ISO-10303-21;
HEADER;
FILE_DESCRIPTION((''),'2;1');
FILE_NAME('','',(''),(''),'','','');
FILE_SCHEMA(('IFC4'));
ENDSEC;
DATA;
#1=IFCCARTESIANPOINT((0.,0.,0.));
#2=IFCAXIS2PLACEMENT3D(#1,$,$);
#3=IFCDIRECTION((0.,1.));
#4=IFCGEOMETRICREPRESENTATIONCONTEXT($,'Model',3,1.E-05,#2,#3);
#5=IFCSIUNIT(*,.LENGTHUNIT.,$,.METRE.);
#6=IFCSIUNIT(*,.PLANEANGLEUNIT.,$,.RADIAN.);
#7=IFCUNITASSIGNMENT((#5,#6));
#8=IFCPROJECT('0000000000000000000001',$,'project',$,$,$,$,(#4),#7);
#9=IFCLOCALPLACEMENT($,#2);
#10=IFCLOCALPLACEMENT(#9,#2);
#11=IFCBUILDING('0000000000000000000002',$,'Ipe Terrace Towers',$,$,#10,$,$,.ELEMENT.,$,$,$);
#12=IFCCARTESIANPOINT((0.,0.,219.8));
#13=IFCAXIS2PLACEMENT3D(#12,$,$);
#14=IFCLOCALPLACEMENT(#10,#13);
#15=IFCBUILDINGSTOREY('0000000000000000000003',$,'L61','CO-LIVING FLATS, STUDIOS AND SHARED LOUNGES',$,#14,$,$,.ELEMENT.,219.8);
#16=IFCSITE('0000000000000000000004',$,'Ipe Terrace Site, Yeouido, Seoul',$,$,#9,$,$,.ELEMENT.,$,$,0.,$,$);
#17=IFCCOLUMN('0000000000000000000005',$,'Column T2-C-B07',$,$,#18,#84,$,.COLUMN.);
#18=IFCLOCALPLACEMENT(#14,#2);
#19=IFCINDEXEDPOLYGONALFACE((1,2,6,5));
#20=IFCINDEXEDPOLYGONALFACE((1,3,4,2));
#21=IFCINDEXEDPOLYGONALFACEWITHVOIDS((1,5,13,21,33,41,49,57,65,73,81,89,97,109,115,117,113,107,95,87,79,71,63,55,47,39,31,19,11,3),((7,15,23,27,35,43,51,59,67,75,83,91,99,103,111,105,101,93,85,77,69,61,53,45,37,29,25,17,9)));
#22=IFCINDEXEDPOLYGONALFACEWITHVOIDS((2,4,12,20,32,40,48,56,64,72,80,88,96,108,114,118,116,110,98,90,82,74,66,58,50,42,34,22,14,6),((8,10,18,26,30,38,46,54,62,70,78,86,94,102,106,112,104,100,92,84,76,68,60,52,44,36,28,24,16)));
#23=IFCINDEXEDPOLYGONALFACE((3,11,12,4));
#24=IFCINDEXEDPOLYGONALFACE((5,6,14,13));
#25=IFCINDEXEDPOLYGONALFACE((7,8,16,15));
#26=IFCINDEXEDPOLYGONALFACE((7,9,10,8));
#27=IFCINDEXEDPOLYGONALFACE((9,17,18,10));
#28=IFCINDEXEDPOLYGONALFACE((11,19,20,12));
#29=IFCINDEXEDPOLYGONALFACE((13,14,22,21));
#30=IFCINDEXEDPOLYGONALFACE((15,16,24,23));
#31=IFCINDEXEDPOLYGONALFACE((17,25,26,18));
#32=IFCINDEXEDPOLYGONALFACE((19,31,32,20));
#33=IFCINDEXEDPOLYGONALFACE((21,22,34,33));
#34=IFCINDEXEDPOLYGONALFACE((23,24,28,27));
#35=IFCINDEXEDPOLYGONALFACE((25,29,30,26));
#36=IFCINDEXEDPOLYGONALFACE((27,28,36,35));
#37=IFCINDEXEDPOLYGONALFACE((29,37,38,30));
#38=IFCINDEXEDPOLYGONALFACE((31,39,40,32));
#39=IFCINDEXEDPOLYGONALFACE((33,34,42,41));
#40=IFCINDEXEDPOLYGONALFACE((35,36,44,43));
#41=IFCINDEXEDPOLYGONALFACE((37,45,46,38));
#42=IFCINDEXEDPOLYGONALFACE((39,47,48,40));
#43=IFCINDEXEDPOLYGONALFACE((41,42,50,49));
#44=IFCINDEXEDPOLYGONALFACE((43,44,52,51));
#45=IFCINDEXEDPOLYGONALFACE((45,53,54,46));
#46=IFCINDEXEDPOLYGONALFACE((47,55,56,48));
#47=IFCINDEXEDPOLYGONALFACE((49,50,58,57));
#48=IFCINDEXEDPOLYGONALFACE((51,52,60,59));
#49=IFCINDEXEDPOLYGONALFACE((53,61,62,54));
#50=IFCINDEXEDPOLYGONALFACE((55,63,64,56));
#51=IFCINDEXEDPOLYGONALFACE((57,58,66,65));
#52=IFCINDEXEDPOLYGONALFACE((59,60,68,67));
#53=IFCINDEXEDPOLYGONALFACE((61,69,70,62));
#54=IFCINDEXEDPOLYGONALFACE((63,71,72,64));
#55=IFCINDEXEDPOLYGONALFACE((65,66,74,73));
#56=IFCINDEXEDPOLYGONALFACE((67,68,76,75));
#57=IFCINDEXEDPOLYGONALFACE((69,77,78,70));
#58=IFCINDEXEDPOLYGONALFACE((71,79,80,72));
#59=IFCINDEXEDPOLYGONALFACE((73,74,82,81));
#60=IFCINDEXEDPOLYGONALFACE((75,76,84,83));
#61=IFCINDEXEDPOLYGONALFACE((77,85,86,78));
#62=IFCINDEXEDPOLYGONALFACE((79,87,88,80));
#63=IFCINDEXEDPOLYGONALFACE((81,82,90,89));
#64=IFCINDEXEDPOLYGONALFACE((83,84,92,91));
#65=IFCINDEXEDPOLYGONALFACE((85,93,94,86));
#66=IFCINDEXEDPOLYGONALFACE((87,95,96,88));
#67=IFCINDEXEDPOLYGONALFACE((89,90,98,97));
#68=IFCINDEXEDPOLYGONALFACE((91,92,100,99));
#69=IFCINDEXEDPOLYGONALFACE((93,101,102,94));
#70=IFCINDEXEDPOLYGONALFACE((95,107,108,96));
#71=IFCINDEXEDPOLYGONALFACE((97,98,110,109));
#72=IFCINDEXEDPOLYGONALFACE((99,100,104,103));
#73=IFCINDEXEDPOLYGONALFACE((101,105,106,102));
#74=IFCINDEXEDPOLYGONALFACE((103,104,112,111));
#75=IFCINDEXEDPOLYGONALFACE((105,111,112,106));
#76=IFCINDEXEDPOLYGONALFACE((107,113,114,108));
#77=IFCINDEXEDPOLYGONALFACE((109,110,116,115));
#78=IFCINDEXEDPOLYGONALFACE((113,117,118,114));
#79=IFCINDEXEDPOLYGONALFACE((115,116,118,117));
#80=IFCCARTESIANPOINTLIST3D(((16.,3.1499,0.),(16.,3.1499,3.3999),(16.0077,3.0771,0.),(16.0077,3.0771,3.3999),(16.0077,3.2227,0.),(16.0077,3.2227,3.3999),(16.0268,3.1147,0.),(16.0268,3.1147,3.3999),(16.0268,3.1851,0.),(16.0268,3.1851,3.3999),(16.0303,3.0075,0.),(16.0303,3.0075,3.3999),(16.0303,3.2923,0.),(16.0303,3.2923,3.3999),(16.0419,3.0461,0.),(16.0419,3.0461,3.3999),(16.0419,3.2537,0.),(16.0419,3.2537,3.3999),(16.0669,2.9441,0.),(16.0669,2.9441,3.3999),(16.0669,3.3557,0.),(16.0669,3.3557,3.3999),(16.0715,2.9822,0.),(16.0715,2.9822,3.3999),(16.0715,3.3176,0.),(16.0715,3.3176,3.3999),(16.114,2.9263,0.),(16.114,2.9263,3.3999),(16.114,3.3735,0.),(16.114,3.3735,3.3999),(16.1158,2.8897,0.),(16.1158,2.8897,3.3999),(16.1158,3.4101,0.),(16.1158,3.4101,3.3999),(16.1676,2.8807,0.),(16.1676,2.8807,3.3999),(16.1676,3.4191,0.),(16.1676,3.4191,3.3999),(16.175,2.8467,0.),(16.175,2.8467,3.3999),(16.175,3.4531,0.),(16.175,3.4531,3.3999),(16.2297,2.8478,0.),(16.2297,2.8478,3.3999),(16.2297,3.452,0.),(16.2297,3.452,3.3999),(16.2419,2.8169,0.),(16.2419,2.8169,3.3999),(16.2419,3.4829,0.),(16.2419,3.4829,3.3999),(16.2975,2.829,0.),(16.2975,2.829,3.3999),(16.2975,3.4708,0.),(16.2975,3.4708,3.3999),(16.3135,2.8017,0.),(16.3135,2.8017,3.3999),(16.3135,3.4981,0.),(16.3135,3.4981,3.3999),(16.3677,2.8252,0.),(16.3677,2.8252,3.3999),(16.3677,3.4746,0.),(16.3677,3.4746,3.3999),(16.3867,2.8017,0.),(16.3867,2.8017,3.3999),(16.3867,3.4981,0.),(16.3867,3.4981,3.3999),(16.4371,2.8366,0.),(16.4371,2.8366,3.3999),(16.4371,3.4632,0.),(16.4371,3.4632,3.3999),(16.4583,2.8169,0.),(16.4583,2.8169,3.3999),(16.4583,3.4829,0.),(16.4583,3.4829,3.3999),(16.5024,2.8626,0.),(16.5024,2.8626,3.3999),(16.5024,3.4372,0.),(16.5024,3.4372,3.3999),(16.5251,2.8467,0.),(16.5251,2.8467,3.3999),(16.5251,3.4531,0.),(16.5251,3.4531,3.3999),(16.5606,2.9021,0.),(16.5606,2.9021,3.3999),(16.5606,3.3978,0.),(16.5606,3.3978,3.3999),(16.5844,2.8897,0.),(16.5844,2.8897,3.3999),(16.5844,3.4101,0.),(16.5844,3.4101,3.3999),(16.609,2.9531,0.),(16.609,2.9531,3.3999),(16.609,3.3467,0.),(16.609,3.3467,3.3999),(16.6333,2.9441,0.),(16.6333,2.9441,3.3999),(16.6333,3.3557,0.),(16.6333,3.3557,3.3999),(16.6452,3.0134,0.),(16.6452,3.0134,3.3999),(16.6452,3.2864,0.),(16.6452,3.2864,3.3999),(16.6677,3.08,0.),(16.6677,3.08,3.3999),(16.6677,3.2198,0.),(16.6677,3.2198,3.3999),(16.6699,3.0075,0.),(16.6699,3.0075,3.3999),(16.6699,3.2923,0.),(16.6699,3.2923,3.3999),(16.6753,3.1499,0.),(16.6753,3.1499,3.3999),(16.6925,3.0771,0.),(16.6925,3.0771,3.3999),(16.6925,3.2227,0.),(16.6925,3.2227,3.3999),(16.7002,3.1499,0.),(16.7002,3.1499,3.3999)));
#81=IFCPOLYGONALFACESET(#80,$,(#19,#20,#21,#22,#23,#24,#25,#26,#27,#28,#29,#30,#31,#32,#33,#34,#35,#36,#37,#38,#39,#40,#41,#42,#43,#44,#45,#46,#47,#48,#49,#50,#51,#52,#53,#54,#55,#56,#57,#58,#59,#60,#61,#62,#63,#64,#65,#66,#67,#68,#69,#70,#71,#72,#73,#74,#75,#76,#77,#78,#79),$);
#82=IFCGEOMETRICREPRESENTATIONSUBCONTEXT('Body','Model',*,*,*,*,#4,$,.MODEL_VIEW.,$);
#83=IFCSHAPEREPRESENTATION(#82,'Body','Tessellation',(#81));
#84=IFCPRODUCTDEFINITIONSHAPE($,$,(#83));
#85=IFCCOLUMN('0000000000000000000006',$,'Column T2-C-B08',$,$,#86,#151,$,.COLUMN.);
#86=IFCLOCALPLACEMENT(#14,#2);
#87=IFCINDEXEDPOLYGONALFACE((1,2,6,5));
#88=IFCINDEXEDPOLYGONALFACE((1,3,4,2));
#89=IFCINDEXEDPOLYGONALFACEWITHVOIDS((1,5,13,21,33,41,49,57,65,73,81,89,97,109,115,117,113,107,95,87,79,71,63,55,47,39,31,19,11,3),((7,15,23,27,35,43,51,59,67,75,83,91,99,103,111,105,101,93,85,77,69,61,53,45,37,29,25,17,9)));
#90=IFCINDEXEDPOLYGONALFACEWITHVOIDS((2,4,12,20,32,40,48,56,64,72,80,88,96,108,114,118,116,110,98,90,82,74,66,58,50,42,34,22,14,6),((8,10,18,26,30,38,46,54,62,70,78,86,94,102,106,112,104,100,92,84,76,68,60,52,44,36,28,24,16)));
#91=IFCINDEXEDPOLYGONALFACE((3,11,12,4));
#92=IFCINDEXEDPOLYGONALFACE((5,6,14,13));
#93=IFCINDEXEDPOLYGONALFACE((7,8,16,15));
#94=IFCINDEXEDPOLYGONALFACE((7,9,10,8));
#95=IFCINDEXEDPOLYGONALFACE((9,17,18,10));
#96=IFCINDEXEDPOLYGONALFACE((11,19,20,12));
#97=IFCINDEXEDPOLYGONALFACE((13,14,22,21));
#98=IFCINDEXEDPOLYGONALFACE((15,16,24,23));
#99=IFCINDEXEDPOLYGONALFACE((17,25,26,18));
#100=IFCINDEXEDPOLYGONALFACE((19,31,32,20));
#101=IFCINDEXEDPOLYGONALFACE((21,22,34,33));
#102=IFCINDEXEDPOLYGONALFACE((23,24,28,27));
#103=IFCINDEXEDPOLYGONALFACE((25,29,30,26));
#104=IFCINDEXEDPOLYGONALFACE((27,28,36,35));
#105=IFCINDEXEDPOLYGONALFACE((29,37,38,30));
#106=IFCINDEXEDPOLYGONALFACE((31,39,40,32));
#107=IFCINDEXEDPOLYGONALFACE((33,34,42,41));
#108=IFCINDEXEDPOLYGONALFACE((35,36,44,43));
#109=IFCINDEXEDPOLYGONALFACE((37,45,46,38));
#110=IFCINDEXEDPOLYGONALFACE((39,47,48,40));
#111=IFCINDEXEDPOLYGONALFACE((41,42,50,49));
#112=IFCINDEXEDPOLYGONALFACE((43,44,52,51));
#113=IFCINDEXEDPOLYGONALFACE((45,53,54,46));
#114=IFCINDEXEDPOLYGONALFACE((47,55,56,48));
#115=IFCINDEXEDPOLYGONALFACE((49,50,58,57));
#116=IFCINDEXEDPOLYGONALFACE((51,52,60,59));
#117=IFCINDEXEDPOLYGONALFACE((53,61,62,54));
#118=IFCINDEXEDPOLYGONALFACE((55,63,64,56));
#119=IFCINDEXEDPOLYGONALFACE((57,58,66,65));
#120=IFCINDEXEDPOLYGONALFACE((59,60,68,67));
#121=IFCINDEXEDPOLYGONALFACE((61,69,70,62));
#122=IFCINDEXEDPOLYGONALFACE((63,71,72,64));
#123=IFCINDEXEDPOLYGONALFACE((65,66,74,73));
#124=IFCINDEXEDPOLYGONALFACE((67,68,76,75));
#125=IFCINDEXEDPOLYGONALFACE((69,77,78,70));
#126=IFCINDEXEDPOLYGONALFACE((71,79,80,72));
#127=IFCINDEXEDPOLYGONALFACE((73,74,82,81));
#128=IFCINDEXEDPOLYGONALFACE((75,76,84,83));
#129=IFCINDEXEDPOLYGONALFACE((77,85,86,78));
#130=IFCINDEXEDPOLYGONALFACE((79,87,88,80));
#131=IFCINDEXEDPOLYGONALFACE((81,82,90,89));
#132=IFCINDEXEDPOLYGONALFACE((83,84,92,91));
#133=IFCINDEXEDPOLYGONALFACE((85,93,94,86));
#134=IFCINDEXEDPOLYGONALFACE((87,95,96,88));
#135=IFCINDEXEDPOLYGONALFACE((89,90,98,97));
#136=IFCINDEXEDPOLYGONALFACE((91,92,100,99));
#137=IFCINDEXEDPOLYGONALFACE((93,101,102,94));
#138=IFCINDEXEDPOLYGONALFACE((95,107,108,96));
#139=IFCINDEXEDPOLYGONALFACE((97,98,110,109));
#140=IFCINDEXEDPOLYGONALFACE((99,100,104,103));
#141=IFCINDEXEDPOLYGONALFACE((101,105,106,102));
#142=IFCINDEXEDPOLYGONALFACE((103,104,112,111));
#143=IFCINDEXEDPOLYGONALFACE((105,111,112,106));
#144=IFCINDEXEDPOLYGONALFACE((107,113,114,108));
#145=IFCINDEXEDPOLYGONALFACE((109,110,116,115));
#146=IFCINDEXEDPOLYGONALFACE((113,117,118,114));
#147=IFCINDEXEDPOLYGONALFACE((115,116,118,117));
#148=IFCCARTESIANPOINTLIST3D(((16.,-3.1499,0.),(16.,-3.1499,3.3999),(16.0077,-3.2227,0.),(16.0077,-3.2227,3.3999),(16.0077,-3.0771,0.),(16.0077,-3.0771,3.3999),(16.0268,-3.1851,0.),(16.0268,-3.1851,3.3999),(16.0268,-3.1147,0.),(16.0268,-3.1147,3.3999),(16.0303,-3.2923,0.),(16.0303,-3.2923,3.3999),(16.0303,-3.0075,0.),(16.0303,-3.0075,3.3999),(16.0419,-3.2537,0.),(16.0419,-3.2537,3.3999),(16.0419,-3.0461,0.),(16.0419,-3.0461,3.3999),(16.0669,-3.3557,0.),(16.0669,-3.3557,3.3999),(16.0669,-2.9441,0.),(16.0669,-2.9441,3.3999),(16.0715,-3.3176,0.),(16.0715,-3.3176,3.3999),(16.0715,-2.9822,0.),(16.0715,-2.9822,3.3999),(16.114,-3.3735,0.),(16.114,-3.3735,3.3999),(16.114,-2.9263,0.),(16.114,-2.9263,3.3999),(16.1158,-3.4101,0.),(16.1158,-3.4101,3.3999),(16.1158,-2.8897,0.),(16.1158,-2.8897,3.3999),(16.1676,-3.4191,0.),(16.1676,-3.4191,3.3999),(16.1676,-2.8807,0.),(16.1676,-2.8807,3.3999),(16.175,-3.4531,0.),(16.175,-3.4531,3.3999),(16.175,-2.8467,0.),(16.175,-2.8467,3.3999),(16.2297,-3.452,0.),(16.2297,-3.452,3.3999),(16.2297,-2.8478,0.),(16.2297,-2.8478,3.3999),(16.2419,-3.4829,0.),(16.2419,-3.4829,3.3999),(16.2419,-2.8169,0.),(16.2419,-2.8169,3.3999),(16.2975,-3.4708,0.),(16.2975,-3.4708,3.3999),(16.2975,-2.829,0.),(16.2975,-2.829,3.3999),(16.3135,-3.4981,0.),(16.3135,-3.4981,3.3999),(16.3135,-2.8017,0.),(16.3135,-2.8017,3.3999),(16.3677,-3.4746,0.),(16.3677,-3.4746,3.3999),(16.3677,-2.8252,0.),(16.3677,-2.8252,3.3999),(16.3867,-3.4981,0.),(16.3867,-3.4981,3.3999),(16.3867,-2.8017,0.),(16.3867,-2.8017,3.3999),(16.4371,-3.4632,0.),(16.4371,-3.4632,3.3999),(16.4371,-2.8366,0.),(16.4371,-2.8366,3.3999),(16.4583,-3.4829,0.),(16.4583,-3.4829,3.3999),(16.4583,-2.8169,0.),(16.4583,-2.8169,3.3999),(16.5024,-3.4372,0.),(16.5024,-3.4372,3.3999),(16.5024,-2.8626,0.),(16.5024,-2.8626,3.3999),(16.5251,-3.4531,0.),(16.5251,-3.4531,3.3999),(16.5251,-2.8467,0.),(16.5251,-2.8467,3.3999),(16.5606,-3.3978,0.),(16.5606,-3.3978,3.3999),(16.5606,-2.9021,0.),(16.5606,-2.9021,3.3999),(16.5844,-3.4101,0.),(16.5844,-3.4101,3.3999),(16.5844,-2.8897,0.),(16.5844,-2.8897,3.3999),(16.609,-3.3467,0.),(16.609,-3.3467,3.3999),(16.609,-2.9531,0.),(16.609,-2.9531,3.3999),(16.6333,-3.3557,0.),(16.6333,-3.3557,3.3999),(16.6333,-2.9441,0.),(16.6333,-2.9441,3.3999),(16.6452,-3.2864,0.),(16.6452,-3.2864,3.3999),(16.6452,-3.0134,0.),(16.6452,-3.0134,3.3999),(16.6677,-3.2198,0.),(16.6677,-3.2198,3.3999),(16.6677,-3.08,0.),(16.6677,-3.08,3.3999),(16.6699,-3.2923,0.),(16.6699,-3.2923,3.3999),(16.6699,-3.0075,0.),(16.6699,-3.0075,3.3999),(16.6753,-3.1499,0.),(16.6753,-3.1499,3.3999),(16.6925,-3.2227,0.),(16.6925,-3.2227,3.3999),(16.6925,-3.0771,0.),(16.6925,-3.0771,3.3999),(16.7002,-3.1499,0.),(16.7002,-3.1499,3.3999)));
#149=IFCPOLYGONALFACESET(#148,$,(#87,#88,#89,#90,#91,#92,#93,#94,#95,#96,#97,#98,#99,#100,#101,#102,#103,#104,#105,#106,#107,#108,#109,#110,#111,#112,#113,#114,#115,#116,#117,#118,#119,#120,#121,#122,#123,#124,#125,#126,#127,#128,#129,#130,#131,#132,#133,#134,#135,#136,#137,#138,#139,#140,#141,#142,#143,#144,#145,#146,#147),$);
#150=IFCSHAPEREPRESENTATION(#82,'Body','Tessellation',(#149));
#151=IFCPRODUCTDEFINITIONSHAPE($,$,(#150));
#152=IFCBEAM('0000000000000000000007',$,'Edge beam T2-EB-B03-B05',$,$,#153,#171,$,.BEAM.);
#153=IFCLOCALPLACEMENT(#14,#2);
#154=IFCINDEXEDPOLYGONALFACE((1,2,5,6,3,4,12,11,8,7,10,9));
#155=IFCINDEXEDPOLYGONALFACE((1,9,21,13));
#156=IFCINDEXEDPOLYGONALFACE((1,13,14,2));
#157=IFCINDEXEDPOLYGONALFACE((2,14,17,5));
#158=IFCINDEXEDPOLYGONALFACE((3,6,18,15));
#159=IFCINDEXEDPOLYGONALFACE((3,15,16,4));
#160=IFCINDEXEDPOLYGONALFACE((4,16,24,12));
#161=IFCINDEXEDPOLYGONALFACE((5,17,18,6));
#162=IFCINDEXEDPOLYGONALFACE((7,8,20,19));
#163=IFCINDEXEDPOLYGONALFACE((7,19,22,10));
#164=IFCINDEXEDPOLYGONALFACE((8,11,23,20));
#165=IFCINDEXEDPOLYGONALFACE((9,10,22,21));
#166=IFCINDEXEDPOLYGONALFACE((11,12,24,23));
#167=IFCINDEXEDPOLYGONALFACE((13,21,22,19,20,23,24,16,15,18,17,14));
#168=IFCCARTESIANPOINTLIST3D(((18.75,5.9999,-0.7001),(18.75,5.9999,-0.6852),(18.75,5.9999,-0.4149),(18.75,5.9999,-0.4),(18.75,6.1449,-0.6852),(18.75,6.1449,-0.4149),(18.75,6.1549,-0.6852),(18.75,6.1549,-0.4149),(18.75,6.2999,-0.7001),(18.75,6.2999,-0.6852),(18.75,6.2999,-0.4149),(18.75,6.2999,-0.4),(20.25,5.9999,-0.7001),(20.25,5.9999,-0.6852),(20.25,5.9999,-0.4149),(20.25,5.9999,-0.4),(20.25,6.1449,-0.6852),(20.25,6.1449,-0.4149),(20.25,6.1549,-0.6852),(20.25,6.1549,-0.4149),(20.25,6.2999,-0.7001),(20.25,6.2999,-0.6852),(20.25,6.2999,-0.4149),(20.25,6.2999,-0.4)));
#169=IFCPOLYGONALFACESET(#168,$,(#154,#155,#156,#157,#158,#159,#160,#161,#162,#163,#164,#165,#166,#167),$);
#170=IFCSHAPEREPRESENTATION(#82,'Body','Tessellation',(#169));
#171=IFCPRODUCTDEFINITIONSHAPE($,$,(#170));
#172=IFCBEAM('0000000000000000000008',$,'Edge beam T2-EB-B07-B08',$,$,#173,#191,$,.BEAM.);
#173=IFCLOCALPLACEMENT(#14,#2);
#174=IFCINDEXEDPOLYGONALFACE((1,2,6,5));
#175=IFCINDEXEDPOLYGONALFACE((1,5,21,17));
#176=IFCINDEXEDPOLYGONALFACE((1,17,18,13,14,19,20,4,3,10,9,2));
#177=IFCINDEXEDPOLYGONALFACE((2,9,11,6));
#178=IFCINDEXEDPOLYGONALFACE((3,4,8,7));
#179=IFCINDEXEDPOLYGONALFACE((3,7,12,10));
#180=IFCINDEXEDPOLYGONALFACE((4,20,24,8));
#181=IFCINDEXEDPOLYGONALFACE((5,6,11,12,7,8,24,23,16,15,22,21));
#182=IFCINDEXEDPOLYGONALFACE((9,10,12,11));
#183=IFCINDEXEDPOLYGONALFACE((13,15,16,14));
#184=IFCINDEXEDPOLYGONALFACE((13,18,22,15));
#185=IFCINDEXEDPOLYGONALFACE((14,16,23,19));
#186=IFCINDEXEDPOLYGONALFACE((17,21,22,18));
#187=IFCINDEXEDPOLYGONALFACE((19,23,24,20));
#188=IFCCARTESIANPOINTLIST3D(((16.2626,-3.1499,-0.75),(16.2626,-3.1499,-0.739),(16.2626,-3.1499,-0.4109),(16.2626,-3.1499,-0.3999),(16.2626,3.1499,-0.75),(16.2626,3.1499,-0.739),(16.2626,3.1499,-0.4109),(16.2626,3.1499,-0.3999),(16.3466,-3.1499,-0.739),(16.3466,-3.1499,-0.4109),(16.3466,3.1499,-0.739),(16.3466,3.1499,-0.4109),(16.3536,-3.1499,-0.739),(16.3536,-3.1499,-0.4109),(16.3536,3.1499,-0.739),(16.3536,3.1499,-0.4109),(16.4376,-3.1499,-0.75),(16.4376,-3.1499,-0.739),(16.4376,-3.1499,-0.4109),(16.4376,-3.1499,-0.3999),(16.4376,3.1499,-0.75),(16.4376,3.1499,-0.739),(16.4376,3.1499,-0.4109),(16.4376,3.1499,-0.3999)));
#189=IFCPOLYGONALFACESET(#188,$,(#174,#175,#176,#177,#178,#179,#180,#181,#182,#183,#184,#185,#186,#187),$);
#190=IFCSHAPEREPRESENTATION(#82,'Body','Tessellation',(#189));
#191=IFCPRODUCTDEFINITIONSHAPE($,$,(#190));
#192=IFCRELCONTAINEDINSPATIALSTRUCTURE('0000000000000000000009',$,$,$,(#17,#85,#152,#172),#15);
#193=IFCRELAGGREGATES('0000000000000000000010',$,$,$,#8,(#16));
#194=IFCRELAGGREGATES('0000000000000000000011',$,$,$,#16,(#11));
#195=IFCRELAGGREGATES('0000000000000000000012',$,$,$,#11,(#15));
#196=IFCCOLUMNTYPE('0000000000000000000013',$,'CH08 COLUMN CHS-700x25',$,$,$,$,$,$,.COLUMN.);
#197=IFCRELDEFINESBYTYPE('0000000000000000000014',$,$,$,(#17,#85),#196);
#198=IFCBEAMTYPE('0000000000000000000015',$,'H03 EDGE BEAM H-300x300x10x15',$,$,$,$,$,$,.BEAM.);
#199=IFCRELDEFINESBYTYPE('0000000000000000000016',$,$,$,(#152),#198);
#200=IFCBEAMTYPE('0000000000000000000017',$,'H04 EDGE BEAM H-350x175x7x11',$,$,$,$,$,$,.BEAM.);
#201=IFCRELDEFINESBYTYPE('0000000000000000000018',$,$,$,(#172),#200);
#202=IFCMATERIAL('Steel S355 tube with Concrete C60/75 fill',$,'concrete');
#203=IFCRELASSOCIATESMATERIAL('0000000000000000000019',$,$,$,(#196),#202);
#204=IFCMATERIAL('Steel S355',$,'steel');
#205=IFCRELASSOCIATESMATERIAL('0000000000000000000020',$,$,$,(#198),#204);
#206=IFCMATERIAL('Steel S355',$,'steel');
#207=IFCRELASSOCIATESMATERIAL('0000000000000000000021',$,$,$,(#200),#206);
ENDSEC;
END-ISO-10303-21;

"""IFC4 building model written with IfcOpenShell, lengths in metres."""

from ifc_helpers import new_model, si_unit, direction, frame, origin, origin_2d, place, context, subcontext, project, spatial, hollow_circle, i_section, extrude, material, material_profile, profile_set, type_object, element, save


model = new_model("IFC4")

# Units and contexts
model_context = context("Model", 3, precision=1e-05, world=origin(), true_north=direction((0.0, 1.0)))
body_context = subcontext(model_context, "Body", "Model", "MODEL_VIEW")
ifc_project = project(units=[si_unit("LENGTHUNIT", "METRE"), si_unit("PLANEANGLEUNIT", "RADIAN")], contexts=[model_context])

# Site, building, storey
site_placement = place(None, origin())
site = spatial("IfcSite", under=ifc_project, at=site_placement, Name="Ipe Terrace Site, Yeouido, Seoul", CompositionType="ELEMENT", RefElevation=0.0)
building_placement = place(site_placement, origin())
building = spatial("IfcBuilding", under=site, at=building_placement, Name="Ipe Terrace Towers", CompositionType="ELEMENT")
storey_placement = place(building_placement, frame((0.0, 0.0, 219.8)))
storey = spatial("IfcBuildingStorey", under=building, at=storey_placement, Name="L61", Description="CO-LIVING FLATS, STUDIOS AND SHARED LOUNGES", CompositionType="ELEMENT", Elevation=219.8)

# Columns
ifc_material_1 = material(Name="Steel S355 tube with Concrete C60/75 fill", Category="concrete")
ifc_material_profile_1 = material_profile(ifc_material_1, hollow_circle(Radius=0.3501, WallThickness=0.0249, at=origin_2d()), Name="CHS-700x25")
ifc_profile_set_1 = profile_set([ifc_material_profile_1], Name="Steel S355 tube with Concrete C60/75 fill")
column_type = type_object("IfcColumnType", Name="CH08 COLUMN CHS-700x25", PredefinedType="COLUMN", material=ifc_profile_set_1)
for number, where, z_axis, x_axis, name in (
    (1, (16.3501, 3.1499, 0.0), (0.0, 0.0, 1.0), (1.0, 0.0, 0.0), "Column T2-C-B07"),
    (2, (16.3501, -3.1499, 0.0), (0.0, 0.0, 1.0), (1.0, 0.0, 0.0), "Column T2-C-B08"),
):
    element("IfcColumn", number, at=place(storey_placement, frame(where, z_axis=z_axis, x_axis=x_axis)), inside=storey, type_object=column_type, Name=name, PredefinedType="COLUMN", context=body_context, shape_type="SweptSolid", body=[
        extrude(hollow_circle(Radius=0.3501, WallThickness=0.0249, at=origin_2d()), origin(), (0.0, 0.0, 1.0), 3.3999),
    ])

# Beams
ifc_material_2 = material(Name="Steel S355", Category="steel")
ifc_material_profile_2 = material_profile(ifc_material_2, i_section(OverallWidth=0.3, OverallDepth=0.3, WebThickness=0.01, FlangeThickness=0.0149, at=origin_2d()), Name="H-300x300x10x15")
ifc_profile_set_2 = profile_set([ifc_material_profile_2], Name="Steel S355")
beam_type_1 = type_object("IfcBeamType", Name="H03 EDGE BEAM H-300x300x10x15", PredefinedType="BEAM", material=ifc_profile_set_2)
beam_1_placement = place(storey_placement, frame((20.25, 6.1499, -0.55), z_axis=(-1.0, 0.0, 0.0), x_axis=(0.0, -1.0, 0.0)))
element("IfcBeam", 3, at=beam_1_placement, inside=storey, type_object=beam_type_1, Name="Edge beam T2-EB-B03-B05", PredefinedType="BEAM", context=body_context, shape_type="SweptSolid", body=[
    extrude(i_section(OverallWidth=0.3, OverallDepth=0.3, WebThickness=0.01, FlangeThickness=0.0149, at=origin_2d()), origin(), (0.0, 0.0, 1.0), 1.5),
])
ifc_material_3 = material(Name="Steel S355", Category="steel")
ifc_material_profile_3 = material_profile(ifc_material_3, i_section(OverallWidth=0.175, OverallDepth=0.3501, WebThickness=0.0071, FlangeThickness=0.011, at=origin_2d()), Name="H-350x175x7x11")
ifc_profile_set_3 = profile_set([ifc_material_profile_3], Name="Steel S355")
beam_type_2 = type_object("IfcBeamType", Name="H04 EDGE BEAM H-350x175x7x11", PredefinedType="BEAM", material=ifc_profile_set_3)
beam_2_placement = place(storey_placement, frame((16.3501, 3.1499, -0.575), z_axis=(0.0, -1.0, 0.0), x_axis=(1.0, 0.0, 0.0)))
element("IfcBeam", 4, at=beam_2_placement, inside=storey, type_object=beam_type_2, Name="Edge beam T2-EB-B07-B08", PredefinedType="BEAM", context=body_context, shape_type="SweptSolid", body=[
    extrude(i_section(OverallWidth=0.175, OverallDepth=0.3501, WebThickness=0.0071, FlangeThickness=0.011, at=origin_2d()), origin(), (0.0, 0.0, 1.0), 6.2998),
])

save(model, "model.ifc")
